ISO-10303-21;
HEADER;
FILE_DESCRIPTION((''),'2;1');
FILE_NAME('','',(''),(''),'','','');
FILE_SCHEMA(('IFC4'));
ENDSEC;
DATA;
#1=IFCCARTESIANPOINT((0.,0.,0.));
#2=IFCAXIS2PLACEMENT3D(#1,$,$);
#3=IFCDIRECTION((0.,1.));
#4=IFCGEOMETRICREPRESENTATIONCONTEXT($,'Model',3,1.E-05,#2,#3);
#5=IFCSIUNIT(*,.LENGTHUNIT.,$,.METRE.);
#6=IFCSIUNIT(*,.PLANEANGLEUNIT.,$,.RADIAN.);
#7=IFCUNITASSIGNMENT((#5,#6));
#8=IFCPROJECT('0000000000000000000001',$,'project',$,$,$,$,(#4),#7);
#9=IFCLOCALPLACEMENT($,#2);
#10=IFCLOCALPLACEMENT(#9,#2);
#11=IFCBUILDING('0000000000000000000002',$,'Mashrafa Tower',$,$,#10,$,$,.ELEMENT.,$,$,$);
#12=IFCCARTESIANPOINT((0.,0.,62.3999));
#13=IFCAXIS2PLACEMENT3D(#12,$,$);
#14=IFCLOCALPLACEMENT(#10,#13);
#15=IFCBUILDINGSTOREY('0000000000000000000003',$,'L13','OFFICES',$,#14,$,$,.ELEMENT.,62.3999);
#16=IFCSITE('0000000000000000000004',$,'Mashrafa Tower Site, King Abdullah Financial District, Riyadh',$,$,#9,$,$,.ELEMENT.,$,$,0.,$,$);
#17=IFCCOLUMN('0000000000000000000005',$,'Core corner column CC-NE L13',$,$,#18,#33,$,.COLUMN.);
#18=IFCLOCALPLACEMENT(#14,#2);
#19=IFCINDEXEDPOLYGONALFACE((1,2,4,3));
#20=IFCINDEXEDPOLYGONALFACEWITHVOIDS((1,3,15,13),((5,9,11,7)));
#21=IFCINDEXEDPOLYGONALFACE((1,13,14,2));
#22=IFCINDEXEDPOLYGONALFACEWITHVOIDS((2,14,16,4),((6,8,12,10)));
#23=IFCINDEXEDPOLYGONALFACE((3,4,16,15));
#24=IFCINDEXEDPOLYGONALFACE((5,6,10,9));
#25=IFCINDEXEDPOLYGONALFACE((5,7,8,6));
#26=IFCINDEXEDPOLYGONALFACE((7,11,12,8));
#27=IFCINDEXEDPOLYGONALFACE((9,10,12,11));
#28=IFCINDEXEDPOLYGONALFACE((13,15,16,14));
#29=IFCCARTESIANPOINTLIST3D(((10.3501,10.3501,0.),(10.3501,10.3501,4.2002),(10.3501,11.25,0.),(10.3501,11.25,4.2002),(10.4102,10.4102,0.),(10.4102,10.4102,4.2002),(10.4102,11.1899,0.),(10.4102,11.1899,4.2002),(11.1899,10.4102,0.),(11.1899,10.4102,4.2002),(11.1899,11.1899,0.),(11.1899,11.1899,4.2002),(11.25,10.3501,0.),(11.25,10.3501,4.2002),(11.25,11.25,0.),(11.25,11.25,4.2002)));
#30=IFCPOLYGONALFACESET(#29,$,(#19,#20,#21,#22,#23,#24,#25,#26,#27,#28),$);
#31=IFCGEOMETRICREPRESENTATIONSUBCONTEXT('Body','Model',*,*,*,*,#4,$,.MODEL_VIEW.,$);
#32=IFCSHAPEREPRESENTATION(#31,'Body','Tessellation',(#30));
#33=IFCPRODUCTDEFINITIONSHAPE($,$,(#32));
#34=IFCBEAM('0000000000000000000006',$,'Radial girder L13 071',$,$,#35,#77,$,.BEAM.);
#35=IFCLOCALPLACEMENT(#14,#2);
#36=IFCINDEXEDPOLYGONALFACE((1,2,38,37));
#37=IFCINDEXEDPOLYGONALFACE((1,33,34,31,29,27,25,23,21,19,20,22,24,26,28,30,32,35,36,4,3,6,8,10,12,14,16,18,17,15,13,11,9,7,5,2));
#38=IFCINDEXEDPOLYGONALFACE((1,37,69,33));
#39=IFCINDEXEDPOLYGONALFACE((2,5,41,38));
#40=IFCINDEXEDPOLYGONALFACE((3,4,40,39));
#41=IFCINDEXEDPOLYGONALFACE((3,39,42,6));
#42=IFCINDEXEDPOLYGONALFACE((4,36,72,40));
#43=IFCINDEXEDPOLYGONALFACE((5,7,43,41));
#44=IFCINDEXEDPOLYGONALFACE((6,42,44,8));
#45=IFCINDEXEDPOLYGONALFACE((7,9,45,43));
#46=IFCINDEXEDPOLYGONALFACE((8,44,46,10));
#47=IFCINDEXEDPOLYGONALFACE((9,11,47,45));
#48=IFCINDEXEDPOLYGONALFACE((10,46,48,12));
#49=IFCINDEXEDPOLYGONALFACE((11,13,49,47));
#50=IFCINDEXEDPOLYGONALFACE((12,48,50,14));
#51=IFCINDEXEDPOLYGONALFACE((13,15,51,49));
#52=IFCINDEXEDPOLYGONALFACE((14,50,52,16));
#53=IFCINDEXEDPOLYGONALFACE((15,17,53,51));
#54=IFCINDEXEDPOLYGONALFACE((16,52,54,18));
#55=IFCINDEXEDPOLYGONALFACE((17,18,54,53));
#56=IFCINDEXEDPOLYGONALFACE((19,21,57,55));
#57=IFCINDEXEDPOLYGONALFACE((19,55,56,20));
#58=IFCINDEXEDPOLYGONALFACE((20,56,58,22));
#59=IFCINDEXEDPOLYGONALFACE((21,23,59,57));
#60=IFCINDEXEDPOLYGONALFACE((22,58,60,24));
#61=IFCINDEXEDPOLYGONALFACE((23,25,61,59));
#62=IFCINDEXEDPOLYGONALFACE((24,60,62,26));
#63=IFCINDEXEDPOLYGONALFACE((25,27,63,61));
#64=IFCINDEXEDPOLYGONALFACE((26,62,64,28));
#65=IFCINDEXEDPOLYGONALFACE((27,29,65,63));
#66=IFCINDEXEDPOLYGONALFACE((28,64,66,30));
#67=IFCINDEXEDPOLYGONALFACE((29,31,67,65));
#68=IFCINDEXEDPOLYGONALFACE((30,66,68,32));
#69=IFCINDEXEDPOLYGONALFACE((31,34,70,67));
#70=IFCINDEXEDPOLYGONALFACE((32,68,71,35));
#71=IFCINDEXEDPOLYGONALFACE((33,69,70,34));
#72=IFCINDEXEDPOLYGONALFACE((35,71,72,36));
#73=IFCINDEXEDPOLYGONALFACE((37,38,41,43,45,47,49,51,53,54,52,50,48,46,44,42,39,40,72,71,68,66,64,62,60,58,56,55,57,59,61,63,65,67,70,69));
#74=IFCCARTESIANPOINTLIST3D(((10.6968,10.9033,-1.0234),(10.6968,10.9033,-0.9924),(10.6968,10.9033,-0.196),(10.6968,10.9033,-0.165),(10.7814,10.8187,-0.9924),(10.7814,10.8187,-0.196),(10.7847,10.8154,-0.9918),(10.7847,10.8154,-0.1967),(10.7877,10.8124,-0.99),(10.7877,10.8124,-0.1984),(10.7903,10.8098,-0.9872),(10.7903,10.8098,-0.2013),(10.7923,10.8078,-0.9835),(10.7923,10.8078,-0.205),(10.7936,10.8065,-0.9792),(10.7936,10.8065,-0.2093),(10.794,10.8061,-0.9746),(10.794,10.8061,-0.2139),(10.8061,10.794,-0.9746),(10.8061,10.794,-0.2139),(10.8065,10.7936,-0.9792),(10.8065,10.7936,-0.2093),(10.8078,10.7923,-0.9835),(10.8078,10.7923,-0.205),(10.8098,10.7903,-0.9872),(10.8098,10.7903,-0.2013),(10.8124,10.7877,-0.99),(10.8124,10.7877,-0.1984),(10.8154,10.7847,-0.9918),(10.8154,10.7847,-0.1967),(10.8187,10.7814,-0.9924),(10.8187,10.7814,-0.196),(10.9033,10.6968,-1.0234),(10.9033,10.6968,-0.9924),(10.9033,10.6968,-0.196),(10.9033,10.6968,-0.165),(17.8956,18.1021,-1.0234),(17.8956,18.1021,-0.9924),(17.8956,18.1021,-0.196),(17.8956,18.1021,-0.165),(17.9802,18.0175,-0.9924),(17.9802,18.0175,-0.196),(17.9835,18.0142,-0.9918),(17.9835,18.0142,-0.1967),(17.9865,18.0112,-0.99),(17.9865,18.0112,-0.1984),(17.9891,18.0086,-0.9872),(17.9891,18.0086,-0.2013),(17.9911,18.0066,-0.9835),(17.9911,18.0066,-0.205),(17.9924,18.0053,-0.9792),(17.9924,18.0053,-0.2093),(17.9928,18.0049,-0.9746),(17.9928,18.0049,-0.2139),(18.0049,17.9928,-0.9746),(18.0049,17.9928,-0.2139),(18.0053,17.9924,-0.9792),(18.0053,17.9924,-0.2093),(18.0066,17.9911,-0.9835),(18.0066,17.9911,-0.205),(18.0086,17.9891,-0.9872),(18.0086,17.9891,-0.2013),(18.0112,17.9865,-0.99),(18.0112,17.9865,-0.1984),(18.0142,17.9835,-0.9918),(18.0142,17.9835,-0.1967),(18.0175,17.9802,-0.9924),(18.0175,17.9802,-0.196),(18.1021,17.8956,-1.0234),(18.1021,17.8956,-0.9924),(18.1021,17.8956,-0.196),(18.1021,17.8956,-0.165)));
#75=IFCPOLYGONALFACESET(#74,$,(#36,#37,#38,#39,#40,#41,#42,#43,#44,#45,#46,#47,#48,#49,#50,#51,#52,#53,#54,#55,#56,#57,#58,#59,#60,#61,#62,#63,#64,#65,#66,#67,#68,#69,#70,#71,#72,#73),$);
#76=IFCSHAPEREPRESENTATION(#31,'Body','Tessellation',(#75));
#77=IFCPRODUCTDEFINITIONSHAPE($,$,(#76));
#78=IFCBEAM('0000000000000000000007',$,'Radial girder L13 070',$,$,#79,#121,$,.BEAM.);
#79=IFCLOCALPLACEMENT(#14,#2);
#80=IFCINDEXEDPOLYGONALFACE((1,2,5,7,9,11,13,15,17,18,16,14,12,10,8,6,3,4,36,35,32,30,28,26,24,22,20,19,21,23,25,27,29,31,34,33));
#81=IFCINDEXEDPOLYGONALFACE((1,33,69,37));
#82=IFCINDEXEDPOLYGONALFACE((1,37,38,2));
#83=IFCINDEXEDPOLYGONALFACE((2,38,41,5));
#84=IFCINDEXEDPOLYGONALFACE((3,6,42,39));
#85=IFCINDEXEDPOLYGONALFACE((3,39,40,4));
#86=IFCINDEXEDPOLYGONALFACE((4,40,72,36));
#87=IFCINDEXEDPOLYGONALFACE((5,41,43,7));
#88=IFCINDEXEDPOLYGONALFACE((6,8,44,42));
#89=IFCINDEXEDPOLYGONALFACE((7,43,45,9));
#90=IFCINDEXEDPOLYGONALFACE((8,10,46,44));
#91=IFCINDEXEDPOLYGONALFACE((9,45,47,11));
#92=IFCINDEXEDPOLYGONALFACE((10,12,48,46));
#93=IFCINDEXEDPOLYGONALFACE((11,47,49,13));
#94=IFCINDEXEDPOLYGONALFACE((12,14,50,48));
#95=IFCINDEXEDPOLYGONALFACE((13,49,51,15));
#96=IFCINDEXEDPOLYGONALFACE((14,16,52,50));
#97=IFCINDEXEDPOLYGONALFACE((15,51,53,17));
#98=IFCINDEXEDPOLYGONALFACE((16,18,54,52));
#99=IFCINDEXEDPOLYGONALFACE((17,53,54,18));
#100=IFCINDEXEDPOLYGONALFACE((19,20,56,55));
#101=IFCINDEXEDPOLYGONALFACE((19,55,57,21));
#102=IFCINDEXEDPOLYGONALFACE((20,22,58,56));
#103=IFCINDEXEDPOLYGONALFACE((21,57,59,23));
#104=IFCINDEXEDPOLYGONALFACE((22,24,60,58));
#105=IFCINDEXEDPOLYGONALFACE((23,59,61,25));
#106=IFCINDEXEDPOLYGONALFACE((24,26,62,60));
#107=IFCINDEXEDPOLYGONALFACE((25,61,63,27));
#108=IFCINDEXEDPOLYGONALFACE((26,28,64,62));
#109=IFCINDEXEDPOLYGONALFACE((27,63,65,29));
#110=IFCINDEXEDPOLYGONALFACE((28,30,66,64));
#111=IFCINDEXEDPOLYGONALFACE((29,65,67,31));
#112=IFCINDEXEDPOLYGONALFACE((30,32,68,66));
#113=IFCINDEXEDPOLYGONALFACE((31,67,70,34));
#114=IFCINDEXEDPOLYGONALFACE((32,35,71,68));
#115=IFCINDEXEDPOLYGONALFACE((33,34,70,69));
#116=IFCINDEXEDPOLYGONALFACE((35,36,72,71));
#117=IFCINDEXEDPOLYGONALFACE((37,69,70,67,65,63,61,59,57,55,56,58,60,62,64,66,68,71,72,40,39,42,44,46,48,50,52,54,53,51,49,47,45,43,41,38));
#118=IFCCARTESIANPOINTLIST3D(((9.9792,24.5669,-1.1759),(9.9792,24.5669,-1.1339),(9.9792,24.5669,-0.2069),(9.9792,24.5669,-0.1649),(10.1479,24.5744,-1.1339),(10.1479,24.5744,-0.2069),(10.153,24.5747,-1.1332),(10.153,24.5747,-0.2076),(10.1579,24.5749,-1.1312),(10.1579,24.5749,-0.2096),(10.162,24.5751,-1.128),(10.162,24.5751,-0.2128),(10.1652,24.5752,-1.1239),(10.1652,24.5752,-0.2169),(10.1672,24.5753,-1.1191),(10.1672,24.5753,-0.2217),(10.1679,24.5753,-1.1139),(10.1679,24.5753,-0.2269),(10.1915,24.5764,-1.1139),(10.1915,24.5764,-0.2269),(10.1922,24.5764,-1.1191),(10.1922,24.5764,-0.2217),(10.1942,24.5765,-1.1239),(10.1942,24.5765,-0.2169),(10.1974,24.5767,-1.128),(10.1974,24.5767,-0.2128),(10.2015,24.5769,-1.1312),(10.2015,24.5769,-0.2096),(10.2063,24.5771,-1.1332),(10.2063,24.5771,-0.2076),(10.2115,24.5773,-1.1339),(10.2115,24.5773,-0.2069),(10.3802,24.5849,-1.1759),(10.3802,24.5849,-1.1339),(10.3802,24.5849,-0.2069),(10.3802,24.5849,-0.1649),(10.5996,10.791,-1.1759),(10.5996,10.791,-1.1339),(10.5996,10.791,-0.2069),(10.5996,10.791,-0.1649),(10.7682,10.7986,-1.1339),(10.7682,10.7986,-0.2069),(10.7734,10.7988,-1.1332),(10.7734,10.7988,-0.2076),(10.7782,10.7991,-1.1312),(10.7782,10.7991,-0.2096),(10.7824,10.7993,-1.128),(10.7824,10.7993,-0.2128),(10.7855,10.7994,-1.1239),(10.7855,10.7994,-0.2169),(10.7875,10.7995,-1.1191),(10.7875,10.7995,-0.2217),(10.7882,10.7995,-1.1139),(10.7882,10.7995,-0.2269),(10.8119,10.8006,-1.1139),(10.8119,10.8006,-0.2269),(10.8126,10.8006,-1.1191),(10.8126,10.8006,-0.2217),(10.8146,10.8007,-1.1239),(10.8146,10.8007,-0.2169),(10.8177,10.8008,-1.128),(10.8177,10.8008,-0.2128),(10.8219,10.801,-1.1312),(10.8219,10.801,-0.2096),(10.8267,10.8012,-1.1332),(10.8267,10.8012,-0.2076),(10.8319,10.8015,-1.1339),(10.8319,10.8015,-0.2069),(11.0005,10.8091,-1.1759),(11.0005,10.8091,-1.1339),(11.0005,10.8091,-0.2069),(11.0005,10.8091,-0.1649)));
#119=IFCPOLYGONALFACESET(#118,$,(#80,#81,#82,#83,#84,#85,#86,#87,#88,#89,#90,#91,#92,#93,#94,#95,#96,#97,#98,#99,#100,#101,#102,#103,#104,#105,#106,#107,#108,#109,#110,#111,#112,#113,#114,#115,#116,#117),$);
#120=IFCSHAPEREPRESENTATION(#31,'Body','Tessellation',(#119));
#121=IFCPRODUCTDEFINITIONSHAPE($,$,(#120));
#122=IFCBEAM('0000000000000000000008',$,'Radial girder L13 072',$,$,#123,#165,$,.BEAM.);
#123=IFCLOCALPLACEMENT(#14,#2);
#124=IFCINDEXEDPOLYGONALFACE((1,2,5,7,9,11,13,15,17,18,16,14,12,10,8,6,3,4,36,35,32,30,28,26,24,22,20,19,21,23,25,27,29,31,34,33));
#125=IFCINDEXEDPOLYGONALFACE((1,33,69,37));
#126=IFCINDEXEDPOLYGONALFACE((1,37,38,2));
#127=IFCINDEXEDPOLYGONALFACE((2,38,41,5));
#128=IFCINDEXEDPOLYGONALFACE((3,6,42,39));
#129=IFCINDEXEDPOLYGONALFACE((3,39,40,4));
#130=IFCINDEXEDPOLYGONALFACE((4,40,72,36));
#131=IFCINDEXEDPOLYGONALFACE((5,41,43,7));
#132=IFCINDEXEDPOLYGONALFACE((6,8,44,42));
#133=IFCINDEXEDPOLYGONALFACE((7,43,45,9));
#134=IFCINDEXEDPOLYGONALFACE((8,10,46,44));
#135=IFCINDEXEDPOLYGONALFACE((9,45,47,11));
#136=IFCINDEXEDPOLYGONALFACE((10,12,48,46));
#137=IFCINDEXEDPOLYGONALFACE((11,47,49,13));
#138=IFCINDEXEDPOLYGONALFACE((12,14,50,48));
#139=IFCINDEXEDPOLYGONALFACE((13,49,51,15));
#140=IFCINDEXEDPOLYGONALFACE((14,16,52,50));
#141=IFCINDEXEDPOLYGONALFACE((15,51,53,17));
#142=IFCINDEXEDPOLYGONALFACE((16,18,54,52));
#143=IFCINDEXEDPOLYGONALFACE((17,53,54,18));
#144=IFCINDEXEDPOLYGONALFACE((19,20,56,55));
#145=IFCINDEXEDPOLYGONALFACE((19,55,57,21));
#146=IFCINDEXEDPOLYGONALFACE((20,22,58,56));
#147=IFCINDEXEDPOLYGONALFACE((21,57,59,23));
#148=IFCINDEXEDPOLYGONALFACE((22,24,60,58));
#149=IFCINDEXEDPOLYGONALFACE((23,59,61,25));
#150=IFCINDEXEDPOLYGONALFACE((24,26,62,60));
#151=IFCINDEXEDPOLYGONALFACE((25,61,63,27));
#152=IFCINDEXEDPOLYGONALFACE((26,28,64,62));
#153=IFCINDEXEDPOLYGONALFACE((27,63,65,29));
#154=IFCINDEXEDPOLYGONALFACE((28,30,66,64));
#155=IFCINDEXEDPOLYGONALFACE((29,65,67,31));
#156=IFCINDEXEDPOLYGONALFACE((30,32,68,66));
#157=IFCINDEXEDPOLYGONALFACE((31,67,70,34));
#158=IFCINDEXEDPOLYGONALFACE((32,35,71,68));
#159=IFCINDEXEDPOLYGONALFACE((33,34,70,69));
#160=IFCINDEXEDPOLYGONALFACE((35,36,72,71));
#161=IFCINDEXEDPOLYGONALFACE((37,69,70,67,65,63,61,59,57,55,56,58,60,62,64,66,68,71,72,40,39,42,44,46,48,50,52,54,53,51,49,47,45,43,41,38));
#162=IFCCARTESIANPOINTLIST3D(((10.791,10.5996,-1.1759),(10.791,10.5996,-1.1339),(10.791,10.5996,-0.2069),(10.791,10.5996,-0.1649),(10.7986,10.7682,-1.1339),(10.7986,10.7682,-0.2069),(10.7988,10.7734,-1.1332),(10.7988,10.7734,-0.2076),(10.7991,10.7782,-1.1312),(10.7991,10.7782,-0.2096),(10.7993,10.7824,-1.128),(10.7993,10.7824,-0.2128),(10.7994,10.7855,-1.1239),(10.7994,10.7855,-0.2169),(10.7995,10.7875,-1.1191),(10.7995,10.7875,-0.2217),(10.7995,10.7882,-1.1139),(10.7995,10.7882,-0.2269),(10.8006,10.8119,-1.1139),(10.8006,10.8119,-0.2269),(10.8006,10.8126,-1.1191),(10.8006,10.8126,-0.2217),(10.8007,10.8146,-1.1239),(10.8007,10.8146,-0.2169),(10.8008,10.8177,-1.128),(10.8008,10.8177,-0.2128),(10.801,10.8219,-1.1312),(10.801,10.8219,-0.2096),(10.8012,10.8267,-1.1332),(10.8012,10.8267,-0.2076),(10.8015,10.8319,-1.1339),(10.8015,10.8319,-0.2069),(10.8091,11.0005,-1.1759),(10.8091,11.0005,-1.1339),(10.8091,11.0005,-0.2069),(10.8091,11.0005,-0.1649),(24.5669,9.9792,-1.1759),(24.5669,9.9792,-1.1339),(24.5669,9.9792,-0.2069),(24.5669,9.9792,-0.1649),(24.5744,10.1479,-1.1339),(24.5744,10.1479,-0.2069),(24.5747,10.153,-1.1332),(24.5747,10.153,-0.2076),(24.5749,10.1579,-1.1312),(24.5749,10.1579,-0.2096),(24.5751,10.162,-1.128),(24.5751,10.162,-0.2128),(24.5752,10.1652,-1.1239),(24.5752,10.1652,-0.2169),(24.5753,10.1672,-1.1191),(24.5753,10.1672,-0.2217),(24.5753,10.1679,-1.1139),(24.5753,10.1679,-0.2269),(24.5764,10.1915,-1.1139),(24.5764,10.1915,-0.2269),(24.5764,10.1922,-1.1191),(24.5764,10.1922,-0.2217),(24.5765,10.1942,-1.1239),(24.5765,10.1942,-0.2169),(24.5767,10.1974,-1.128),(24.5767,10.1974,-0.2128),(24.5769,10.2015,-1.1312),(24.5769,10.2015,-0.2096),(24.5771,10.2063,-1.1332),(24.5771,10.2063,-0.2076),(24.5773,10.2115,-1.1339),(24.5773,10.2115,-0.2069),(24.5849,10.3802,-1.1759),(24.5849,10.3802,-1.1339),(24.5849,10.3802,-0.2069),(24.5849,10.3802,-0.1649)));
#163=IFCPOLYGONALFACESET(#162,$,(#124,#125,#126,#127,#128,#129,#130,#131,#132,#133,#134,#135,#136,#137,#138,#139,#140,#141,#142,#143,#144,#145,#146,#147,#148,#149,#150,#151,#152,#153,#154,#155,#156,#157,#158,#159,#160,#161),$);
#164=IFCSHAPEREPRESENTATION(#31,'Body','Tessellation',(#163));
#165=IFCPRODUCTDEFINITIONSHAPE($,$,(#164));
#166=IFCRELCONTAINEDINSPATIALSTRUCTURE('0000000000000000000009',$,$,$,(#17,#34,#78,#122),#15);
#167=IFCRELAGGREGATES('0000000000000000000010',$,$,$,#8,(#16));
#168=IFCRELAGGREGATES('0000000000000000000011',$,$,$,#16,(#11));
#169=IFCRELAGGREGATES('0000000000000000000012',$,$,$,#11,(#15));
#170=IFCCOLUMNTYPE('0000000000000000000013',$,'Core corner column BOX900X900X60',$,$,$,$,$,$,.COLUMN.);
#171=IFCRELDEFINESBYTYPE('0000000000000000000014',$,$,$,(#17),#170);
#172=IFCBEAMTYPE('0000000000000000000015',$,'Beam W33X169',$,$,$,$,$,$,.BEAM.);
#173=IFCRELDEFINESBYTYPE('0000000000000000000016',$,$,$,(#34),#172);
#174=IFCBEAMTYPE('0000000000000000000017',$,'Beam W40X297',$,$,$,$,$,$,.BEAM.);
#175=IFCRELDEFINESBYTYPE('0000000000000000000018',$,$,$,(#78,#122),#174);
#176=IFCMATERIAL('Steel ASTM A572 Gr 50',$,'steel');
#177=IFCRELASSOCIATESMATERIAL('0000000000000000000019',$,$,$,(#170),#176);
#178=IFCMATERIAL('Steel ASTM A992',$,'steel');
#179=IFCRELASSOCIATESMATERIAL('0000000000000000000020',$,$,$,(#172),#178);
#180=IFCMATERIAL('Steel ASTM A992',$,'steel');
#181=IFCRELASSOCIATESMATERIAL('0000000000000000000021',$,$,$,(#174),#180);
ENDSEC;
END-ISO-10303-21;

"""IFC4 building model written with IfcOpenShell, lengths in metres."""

from ifc_helpers import new_model, si_unit, direction, frame, origin, origin_2d, place, context, subcontext, project, spatial, hollow_rectangle, i_section, extrude, material, material_profile, profile_set, type_object, element, save


model = new_model("IFC4")

# Units and contexts
model_context = context("Model", 3, precision=1e-05, world=origin(), true_north=direction((0.0, 1.0)))
body_context = subcontext(model_context, "Body", "Model", "MODEL_VIEW")
ifc_project = project(units=[si_unit("LENGTHUNIT", "METRE"), si_unit("PLANEANGLEUNIT", "RADIAN")], contexts=[model_context])

# Site, building, storey
site_placement = place(None, origin())
site = spatial("IfcSite", under=ifc_project, at=site_placement, Name="Mashrafa Tower Site, King Abdullah Financial District, Riyadh", CompositionType="ELEMENT", RefElevation=0.0)
building_placement = place(site_placement, origin())
building = spatial("IfcBuilding", under=site, at=building_placement, Name="Mashrafa Tower", CompositionType="ELEMENT")
storey_placement = place(building_placement, frame((0.0, 0.0, 62.3999)))
storey = spatial("IfcBuildingStorey", under=building, at=storey_placement, Name="L13", Description="OFFICES", CompositionType="ELEMENT", Elevation=62.3999)

# Column
ifc_material_1 = material(Name="Steel ASTM A572 Gr 50", Category="steel")
ifc_material_profile_1 = material_profile(ifc_material_1, hollow_rectangle(XDim=0.8999, YDim=0.8999, WallThickness=0.0601, at=origin_2d()), Name="BOX900X900X60")
ifc_profile_set_1 = profile_set([ifc_material_profile_1], Name="Steel ASTM A572 Gr 50")
column_type = type_object("IfcColumnType", Name="Core corner column BOX900X900X60", PredefinedType="COLUMN", material=ifc_profile_set_1)
column_placement = place(storey_placement, frame((10.8, 10.8, 0.0), z_axis=(0.0, 0.0, 1.0), x_axis=(1.0, 0.0, 0.0)))
element("IfcColumn", 1, at=column_placement, inside=storey, type_object=column_type, Name="Core corner column CC-NE L13", PredefinedType="COLUMN", context=body_context, shape_type="SweptSolid", body=[
    extrude(hollow_rectangle(XDim=0.8999, YDim=0.8999, WallThickness=0.0601, at=origin_2d()), origin(), (0.0, 0.0, 1.0), 4.2002),
])

# Beams
ifc_material_2 = material(Name="Steel ASTM A992", Category="steel")
ifc_material_profile_2 = material_profile(ifc_material_2, i_section(OverallWidth=0.292, OverallDepth=0.8584, WebThickness=0.0171, FlangeThickness=0.031, FilletRadius=0.0178, at=origin_2d()), Name="W33X169")
ifc_profile_set_2 = profile_set([ifc_material_profile_2], Name="Steel ASTM A992")
beam_type_1 = type_object("IfcBeamType", Name="Beam W33X169", PredefinedType="BEAM", material=ifc_profile_set_2)
beam_1_placement = place(storey_placement, frame((10.8, 10.8, -0.5942), z_axis=(0.707107, 0.707107, 0.0), x_axis=(-0.707107, 0.707107, 0.0)))
element("IfcBeam", 2, at=beam_1_placement, inside=storey, type_object=beam_type_1, Name="Radial girder L13 071", PredefinedType="BEAM", context=body_context, shape_type="SweptSolid", body=[
    extrude(i_section(OverallWidth=0.292, OverallDepth=0.8584, WebThickness=0.0171, FlangeThickness=0.031, FilletRadius=0.0178, at=origin_2d()), origin(), (0.0, 0.0, 1.0), 10.1807),
])
ifc_material_3 = material(Name="Steel ASTM A992", Category="steel")
ifc_material_profile_3 = material_profile(ifc_material_3, i_section(OverallWidth=0.4014, OverallDepth=1.011, WebThickness=0.0237, FlangeThickness=0.042, FilletRadius=0.02, at=origin_2d()), Name="W40X297")
ifc_profile_set_3 = profile_set([ifc_material_profile_3], Name="Steel ASTM A992")
beam_type_2 = type_object("IfcBeamType", Name="Beam W40X297", PredefinedType="BEAM", material=ifc_profile_set_3)
for number, where, z_axis, x_axis, name in (
    (3, (10.8, 10.8, -0.6704), (-0.044987, 0.998988, 0.0), (-0.998988, -0.044987, 0.0), "Radial girder L13 070"),
    (4, (10.8, 10.8, -0.6704), (0.998988, -0.044987, 0.0), (0.044987, 0.998988, 0.0), "Radial girder L13 072"),
):
    element("IfcBeam", number, at=place(storey_placement, frame(where, z_axis=z_axis, x_axis=x_axis)), inside=storey, type_object=beam_type_2, Name=name, PredefinedType="BEAM", context=body_context, shape_type="SweptSolid", body=[
        extrude(i_section(OverallWidth=0.4014, OverallDepth=1.011, WebThickness=0.0237, FlangeThickness=0.042, FilletRadius=0.02, at=origin_2d()), origin(), (0.0, 0.0, 1.0), 13.7898),
    ])

save(model, "model.ifc")
